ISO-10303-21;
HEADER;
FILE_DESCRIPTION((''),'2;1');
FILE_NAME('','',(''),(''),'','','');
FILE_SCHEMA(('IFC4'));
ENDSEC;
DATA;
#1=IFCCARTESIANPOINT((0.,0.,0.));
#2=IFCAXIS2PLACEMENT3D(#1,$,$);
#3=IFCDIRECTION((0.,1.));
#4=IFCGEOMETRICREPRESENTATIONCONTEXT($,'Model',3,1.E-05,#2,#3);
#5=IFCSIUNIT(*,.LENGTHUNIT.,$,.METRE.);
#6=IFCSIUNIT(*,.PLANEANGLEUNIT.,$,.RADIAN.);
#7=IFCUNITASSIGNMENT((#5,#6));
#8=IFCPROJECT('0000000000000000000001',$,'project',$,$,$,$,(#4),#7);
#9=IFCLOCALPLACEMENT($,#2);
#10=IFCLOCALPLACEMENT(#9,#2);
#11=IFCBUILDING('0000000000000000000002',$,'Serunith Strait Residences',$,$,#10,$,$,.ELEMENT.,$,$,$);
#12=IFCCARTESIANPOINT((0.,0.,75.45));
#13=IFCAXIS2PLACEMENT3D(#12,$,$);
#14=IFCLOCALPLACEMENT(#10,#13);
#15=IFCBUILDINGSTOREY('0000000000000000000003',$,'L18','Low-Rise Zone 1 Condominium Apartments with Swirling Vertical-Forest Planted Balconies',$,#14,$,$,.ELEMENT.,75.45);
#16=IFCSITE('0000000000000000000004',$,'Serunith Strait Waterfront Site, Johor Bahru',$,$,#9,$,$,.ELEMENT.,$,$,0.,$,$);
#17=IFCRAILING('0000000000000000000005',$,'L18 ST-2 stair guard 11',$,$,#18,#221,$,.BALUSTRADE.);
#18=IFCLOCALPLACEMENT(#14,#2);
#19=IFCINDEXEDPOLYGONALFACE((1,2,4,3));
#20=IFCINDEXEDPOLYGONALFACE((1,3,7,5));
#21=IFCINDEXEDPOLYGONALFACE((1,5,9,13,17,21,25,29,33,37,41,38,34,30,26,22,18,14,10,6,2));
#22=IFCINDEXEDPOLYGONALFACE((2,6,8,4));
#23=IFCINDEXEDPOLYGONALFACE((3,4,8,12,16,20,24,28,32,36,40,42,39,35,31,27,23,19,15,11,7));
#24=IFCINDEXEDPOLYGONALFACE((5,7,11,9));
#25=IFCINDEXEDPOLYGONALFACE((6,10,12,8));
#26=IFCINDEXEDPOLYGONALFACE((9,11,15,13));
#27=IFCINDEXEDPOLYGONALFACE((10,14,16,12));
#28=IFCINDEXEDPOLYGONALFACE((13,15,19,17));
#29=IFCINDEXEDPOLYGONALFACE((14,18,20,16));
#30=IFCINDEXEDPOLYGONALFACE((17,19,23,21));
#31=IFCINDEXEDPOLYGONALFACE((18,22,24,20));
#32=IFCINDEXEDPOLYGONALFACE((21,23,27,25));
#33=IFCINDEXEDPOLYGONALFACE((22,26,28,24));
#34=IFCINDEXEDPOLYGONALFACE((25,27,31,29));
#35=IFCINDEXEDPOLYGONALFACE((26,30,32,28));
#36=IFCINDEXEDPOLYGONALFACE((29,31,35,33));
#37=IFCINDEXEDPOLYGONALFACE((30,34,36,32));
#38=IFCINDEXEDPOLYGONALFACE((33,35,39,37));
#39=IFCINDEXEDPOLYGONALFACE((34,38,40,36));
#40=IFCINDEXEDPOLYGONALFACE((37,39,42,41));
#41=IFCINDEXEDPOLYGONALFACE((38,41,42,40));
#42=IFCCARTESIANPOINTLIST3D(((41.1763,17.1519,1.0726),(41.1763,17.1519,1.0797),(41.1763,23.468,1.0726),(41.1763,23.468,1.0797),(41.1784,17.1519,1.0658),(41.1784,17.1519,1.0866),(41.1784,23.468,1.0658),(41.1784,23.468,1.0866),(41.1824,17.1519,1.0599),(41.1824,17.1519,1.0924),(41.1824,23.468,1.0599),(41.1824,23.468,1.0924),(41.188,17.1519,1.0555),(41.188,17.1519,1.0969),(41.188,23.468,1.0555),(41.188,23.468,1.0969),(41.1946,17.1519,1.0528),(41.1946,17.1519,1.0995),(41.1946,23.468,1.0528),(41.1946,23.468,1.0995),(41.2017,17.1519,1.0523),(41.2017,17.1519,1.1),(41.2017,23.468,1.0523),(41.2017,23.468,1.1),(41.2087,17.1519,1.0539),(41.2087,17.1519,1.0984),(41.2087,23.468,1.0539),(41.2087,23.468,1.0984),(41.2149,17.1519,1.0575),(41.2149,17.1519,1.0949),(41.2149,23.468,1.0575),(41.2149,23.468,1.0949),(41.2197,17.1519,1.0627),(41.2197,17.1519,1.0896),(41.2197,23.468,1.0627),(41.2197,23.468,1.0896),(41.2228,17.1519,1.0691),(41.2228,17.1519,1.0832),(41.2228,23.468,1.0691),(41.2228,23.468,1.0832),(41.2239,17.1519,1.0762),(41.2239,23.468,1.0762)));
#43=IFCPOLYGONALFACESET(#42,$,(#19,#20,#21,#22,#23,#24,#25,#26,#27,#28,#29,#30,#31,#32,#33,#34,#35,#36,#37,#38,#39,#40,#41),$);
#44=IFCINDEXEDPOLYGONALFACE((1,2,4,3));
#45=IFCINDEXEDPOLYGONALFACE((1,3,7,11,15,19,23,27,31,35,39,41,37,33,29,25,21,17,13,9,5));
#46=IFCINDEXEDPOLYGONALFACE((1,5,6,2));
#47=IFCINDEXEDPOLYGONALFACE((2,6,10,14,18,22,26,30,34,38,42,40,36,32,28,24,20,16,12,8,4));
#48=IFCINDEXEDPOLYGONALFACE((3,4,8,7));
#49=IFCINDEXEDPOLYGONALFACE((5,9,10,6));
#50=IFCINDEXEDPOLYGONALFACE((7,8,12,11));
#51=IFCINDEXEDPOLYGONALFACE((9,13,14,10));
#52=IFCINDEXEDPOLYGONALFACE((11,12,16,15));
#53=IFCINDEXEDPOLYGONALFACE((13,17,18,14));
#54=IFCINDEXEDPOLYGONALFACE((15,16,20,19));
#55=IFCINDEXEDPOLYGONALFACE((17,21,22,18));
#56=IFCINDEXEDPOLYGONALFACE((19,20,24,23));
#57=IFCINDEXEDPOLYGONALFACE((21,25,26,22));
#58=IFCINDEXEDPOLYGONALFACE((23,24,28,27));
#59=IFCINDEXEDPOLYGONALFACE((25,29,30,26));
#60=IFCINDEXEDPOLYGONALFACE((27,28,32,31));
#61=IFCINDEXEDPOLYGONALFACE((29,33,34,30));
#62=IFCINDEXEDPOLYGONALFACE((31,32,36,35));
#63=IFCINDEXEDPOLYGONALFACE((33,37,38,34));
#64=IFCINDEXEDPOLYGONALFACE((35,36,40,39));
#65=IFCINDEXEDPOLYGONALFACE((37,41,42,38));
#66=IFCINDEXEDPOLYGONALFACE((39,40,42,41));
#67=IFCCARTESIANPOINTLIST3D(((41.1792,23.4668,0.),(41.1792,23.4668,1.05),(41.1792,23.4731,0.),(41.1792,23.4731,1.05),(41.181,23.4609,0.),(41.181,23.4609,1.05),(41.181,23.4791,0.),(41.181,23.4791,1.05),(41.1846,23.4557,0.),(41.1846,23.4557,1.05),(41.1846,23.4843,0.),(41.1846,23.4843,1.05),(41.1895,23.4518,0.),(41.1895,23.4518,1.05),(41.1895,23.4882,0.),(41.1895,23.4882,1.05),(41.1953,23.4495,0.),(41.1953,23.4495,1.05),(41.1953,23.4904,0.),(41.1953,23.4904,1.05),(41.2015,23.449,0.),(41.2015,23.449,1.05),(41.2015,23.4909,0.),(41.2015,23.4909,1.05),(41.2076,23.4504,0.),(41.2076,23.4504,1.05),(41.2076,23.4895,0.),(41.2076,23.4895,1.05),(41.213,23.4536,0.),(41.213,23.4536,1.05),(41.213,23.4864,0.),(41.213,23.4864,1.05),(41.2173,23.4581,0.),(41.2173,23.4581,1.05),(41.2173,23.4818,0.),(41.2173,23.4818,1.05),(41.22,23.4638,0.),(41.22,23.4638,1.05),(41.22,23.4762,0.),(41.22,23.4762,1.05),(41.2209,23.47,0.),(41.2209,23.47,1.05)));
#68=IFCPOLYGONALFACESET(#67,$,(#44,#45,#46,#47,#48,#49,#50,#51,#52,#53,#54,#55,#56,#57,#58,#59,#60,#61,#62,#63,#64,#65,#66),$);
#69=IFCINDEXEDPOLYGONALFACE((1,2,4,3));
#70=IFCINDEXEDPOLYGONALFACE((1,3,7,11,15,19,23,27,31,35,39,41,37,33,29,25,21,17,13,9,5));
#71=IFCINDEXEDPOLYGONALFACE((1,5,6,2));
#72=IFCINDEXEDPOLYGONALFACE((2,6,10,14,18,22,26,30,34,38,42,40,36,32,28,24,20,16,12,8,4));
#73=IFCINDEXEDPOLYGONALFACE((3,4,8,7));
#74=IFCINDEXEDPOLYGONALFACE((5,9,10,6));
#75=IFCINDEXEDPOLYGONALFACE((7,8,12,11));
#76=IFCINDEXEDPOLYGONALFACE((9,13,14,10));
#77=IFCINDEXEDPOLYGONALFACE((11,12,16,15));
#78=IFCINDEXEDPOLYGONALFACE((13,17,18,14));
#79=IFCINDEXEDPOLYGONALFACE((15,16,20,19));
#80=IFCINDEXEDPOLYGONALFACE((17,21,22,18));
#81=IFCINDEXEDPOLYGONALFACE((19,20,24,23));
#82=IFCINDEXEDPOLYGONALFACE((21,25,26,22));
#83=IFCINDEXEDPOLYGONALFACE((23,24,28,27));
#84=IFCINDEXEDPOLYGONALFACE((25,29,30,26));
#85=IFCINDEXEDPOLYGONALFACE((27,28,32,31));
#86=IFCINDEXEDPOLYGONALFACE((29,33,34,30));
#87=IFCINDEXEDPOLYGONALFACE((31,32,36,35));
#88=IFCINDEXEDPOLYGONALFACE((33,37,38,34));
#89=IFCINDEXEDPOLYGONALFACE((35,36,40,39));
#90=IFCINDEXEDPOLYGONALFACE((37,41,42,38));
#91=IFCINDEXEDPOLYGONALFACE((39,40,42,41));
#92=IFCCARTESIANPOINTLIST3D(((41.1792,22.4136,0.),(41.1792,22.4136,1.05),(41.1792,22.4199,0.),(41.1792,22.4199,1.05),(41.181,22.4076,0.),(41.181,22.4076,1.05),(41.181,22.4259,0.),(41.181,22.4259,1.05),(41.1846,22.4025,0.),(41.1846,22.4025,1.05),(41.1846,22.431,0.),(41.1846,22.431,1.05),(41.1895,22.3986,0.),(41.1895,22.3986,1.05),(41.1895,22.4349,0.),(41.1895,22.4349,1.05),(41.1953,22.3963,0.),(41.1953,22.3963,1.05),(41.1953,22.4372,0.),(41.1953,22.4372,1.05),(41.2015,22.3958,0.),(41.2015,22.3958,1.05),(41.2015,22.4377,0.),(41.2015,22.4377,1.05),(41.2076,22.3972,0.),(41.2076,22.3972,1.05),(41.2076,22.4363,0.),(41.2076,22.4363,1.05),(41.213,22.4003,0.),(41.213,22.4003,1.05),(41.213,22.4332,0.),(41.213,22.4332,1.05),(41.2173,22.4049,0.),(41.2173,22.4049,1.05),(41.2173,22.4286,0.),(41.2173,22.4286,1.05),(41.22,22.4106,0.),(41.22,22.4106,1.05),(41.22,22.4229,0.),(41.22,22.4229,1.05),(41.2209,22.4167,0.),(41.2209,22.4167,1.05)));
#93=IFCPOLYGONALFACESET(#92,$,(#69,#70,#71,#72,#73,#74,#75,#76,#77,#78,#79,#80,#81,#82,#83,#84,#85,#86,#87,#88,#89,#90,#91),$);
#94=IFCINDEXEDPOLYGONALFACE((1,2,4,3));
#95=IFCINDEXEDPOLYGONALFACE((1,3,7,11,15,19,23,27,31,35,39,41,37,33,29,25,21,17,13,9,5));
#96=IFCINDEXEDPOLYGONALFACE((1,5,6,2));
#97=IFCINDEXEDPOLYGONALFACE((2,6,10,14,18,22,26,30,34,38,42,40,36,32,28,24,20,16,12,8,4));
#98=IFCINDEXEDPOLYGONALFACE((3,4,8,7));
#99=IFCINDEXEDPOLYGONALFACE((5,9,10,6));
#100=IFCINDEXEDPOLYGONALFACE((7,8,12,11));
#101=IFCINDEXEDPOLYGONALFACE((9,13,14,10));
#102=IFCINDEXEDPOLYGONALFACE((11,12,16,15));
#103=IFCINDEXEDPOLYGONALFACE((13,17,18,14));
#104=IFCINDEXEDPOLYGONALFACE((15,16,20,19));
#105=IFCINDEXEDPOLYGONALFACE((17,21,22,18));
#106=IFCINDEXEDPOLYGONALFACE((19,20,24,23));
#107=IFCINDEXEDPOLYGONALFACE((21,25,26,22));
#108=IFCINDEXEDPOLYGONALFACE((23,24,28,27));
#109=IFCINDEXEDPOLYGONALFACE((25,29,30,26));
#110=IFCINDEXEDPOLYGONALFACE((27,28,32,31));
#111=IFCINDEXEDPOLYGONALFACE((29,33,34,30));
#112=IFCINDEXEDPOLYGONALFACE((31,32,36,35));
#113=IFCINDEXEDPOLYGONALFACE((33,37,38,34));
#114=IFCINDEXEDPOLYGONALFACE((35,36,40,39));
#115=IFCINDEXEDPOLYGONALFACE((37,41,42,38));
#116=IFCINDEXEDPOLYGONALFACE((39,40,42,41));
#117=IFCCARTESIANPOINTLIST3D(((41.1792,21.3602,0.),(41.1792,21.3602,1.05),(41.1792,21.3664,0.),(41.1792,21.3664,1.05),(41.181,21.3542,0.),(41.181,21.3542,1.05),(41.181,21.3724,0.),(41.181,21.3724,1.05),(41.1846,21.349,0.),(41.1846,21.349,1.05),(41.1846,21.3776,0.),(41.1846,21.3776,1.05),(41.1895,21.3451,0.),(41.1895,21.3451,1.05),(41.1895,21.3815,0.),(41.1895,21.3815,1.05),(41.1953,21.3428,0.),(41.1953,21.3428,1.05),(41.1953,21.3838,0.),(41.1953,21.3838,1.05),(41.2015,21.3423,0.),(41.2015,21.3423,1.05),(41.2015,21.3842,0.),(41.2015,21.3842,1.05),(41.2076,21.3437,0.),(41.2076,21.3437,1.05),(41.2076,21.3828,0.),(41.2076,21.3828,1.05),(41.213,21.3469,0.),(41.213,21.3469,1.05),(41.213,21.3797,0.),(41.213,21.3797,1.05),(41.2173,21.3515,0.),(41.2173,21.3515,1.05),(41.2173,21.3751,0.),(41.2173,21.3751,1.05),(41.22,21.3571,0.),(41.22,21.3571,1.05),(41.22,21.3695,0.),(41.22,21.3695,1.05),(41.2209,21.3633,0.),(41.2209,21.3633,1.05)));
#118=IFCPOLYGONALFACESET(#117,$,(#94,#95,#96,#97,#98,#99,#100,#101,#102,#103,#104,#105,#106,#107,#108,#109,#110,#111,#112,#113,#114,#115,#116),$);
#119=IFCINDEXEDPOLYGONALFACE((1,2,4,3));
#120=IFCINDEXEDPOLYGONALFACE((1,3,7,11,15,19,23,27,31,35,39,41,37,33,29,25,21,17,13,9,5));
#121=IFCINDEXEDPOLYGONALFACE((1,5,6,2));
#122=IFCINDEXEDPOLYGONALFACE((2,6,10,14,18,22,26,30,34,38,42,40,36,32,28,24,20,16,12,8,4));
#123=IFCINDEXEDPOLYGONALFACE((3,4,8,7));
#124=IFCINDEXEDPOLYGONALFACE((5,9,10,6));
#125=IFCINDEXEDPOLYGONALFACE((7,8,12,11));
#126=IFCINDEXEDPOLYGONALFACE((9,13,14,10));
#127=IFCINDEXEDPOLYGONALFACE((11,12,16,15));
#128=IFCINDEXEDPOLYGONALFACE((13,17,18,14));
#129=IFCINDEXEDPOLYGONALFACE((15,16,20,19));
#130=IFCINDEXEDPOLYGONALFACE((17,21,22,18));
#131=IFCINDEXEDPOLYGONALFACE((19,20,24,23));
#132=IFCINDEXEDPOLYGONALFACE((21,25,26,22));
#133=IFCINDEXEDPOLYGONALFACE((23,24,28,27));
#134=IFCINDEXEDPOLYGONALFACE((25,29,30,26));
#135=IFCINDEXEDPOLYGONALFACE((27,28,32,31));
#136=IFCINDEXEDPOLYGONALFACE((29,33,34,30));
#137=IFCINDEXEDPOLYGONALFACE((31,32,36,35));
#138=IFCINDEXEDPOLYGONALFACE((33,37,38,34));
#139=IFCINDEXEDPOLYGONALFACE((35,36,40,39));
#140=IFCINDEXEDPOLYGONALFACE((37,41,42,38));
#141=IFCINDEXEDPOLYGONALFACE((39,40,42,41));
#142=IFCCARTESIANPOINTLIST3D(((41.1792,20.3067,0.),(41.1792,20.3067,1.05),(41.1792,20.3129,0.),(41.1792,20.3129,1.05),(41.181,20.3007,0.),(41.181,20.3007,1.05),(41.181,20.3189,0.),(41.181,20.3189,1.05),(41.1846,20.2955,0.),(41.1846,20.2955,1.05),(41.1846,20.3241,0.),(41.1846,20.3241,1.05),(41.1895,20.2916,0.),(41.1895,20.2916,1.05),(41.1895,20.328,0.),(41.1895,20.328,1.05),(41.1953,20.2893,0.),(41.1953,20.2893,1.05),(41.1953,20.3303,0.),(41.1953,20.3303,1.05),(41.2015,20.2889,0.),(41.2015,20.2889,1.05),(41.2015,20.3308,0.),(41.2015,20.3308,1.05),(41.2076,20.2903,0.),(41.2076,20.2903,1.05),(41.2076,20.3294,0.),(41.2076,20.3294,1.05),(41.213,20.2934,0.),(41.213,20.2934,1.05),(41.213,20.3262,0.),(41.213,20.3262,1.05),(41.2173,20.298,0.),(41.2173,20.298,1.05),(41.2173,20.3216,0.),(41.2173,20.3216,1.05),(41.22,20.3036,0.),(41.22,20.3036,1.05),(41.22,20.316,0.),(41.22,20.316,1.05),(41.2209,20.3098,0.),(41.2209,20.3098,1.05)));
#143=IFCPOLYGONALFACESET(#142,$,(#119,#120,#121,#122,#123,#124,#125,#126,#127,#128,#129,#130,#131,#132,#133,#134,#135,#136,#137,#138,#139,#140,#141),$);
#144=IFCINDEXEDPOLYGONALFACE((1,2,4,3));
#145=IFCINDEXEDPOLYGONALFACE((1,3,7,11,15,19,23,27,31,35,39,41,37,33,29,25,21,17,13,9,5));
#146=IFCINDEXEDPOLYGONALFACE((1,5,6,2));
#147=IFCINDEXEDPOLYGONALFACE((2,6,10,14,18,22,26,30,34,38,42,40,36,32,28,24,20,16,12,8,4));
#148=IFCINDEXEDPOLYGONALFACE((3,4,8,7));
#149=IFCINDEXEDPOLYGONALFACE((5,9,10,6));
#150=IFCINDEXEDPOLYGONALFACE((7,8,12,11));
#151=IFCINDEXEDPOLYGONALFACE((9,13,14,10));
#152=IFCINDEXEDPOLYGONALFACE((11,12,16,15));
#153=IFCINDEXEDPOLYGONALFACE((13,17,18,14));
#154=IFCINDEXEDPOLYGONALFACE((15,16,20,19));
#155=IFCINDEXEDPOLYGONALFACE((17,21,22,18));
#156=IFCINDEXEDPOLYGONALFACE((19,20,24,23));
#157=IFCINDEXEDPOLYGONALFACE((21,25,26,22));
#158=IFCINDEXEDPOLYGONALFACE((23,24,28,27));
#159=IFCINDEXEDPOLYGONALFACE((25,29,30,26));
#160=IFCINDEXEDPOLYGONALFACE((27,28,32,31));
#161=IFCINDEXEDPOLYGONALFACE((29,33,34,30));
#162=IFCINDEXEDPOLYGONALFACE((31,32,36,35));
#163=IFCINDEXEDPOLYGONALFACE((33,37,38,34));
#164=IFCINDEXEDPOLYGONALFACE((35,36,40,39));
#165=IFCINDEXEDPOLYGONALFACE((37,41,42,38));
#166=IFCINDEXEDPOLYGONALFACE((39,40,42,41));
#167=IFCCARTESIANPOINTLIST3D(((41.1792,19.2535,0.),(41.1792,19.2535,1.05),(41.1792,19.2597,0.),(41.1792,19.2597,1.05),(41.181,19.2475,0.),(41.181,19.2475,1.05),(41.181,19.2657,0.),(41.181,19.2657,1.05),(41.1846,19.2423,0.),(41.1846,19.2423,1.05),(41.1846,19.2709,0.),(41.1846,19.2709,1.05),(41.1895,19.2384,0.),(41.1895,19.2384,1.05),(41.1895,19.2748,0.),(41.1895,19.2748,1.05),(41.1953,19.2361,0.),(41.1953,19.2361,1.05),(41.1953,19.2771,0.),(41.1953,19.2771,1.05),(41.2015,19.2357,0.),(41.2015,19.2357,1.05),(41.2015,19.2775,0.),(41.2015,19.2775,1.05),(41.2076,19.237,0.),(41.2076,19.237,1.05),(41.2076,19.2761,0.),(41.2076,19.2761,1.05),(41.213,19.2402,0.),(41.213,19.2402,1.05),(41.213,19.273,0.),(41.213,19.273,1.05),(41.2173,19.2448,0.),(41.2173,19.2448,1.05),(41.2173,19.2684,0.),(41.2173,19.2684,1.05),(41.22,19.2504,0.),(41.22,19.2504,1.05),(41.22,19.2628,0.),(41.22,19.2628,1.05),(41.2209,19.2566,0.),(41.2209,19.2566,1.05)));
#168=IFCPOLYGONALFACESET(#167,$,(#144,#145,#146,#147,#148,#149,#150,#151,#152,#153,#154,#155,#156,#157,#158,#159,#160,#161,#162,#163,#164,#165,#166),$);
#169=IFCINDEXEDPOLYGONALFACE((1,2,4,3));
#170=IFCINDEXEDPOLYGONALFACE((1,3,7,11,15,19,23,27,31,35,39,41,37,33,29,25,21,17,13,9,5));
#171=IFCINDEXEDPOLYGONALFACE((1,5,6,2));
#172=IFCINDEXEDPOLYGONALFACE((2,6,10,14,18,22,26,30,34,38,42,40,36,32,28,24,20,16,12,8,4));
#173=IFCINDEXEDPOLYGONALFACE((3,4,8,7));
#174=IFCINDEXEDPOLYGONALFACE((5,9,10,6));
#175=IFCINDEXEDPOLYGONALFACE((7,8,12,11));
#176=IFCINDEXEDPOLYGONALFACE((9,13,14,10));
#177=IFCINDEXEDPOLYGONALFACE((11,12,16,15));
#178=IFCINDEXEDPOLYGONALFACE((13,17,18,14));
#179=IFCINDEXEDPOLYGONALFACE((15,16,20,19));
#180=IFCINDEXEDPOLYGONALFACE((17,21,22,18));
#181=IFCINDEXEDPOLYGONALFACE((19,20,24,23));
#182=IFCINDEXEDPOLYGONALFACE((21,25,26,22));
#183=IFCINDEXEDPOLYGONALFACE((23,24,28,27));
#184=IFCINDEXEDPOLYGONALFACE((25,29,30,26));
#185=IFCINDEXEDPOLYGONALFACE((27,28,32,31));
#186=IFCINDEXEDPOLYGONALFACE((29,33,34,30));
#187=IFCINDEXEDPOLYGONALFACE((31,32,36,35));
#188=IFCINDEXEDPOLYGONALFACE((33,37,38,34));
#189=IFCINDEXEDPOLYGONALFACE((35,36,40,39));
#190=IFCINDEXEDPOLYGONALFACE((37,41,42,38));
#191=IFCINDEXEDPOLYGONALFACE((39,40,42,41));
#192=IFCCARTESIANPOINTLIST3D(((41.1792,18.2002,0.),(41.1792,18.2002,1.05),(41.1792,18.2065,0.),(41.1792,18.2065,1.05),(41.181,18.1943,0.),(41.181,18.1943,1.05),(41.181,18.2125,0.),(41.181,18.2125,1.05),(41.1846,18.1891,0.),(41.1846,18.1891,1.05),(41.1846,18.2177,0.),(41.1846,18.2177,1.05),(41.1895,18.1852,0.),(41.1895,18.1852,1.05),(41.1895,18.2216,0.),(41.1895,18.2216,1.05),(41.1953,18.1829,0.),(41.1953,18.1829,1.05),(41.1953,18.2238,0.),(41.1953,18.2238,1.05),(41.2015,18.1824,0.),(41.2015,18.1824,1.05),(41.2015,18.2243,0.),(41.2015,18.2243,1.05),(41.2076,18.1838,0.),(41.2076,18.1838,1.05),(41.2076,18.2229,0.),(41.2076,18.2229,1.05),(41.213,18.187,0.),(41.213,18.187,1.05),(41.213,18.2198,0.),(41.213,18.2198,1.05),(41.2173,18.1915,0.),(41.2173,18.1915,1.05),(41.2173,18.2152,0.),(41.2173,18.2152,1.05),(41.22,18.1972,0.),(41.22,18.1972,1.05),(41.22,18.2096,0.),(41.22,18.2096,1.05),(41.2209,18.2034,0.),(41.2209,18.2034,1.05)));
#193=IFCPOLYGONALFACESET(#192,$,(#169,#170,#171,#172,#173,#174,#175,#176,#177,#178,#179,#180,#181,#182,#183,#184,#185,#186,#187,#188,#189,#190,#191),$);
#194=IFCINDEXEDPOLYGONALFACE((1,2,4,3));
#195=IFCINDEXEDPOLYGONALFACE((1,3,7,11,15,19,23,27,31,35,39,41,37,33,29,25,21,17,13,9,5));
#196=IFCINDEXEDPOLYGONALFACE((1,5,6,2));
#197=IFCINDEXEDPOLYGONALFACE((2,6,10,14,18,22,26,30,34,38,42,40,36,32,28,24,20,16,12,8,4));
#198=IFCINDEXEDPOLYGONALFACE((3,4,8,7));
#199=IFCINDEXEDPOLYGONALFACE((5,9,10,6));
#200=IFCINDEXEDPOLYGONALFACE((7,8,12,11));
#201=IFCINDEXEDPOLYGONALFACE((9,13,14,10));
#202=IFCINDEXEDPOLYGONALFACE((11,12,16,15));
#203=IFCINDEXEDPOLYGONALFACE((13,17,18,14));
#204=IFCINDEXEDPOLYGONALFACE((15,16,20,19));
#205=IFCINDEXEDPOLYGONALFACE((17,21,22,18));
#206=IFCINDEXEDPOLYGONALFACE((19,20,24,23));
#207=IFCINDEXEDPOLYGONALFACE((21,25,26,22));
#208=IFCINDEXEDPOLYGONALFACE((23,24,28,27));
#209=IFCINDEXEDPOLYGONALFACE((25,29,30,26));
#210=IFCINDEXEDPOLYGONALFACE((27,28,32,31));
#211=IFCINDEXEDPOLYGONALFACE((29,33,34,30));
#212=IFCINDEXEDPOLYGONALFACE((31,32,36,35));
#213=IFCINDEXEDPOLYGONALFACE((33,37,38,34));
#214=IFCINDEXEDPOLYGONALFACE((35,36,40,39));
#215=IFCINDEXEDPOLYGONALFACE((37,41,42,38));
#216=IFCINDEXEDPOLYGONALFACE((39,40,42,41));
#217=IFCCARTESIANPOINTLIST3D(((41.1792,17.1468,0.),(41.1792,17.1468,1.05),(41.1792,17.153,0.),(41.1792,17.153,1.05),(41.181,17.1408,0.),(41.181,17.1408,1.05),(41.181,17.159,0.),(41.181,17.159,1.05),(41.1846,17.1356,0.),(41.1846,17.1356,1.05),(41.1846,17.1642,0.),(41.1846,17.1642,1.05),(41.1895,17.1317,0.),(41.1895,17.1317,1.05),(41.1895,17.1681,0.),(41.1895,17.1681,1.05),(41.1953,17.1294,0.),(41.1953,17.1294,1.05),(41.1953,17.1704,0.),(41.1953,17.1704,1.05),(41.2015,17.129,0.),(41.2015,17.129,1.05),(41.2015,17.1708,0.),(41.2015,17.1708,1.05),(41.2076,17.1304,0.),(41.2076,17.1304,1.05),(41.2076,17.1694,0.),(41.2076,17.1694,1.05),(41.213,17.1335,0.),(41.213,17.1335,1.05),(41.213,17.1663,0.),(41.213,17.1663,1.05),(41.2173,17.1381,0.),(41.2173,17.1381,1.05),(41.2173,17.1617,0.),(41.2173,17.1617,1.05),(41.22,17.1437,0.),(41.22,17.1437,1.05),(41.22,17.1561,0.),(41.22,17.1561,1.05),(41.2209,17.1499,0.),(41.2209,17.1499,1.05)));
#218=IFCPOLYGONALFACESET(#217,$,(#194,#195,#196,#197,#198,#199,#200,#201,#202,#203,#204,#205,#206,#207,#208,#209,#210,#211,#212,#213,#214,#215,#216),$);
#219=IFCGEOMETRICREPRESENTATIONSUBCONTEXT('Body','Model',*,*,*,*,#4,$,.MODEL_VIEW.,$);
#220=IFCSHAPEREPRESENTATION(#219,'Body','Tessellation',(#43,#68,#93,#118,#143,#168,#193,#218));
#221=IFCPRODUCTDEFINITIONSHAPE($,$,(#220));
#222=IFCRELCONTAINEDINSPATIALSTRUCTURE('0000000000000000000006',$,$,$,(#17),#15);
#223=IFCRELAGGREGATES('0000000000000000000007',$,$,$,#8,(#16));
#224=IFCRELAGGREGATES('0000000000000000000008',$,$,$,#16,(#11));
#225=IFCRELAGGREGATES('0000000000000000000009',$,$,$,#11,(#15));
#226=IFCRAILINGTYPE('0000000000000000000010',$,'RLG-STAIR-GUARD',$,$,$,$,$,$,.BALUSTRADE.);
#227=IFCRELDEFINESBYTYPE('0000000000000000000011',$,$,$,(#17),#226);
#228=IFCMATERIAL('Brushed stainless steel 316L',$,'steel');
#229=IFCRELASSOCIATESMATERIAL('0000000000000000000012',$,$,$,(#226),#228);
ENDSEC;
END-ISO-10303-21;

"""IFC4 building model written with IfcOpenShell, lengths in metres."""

from ifc_helpers import new_model, si_unit, direction, frame, origin, origin_2d, place, context, subcontext, project, spatial, circle, extrude, material, type_object, element, save


model = new_model("IFC4")

# Units and contexts
model_context = context("Model", 3, precision=1e-05, world=origin(), true_north=direction((0.0, 1.0)))
body_context = subcontext(model_context, "Body", "Model", "MODEL_VIEW")
ifc_project = project(units=[si_unit("LENGTHUNIT", "METRE"), si_unit("PLANEANGLEUNIT", "RADIAN")], contexts=[model_context])

# Site, building, storey
site_placement = place(None, origin())
site = spatial("IfcSite", under=ifc_project, at=site_placement, Name="Serunith Strait Waterfront Site, Johor Bahru", CompositionType="ELEMENT", RefElevation=0.0)
building_placement = place(site_placement, origin())
building = spatial("IfcBuilding", under=site, at=building_placement, Name="Serunith Strait Residences", CompositionType="ELEMENT")
storey_placement = place(building_placement, frame((0.0, 0.0, 75.45)))
storey = spatial("IfcBuildingStorey", under=building, at=storey_placement, Name="L18", Description="Low-Rise Zone 1 Condominium Apartments with Swirling Vertical-Forest Planted Balconies", CompositionType="ELEMENT", Elevation=75.45)

# Railing
ifc_material_1 = material(Name="Brushed stainless steel 316L", Category="steel")
railing_type = type_object("IfcRailingType", Name="RLG-STAIR-GUARD", PredefinedType="BALUSTRADE", material=ifc_material_1)
railing_placement = place(storey_placement, frame((41.2, 23.47, 0.0)))
element("IfcRailing", 1, at=railing_placement, inside=storey, type_object=railing_type, Name="L18 ST-2 stair guard 11", PredefinedType="BALUSTRADE", context=body_context, shape_type="SweptSolid", body=[
    extrude(circle(Radius=0.0239, at=origin_2d()), frame((0.0, -0.002, 1.0762), z_axis=(0.0, -1.0, 0.0), x_axis=(1.0, 0.0, 0.0)), (0.0, 0.0, 1.0), 6.3162),
    extrude(circle(Radius=0.021, at=origin_2d()), origin(), (0.0, 0.0, 1.0), 1.05),
    extrude(circle(Radius=0.021, at=origin_2d()), frame((0.0, -1.0532, 0.0)), (0.0, 0.0, 1.0), 1.05),
    extrude(circle(Radius=0.021, at=origin_2d()), frame((0.0, -2.1067, 0.0)), (0.0, 0.0, 1.0), 1.05),
    extrude(circle(Radius=0.021, at=origin_2d()), frame((0.0, -3.1602, 0.0)), (0.0, 0.0, 1.0), 1.05),
    extrude(circle(Radius=0.021, at=origin_2d()), frame((0.0, -4.2134, 0.0)), (0.0, 0.0, 1.0), 1.05),
    extrude(circle(Radius=0.021, at=origin_2d()), frame((0.0, -5.2666, 0.0)), (0.0, 0.0, 1.0), 1.05),
    extrude(circle(Radius=0.021, at=origin_2d()), frame((0.0, -6.3201, 0.0)), (0.0, 0.0, 1.0), 1.05),
])

save(model, "model.ifc")
